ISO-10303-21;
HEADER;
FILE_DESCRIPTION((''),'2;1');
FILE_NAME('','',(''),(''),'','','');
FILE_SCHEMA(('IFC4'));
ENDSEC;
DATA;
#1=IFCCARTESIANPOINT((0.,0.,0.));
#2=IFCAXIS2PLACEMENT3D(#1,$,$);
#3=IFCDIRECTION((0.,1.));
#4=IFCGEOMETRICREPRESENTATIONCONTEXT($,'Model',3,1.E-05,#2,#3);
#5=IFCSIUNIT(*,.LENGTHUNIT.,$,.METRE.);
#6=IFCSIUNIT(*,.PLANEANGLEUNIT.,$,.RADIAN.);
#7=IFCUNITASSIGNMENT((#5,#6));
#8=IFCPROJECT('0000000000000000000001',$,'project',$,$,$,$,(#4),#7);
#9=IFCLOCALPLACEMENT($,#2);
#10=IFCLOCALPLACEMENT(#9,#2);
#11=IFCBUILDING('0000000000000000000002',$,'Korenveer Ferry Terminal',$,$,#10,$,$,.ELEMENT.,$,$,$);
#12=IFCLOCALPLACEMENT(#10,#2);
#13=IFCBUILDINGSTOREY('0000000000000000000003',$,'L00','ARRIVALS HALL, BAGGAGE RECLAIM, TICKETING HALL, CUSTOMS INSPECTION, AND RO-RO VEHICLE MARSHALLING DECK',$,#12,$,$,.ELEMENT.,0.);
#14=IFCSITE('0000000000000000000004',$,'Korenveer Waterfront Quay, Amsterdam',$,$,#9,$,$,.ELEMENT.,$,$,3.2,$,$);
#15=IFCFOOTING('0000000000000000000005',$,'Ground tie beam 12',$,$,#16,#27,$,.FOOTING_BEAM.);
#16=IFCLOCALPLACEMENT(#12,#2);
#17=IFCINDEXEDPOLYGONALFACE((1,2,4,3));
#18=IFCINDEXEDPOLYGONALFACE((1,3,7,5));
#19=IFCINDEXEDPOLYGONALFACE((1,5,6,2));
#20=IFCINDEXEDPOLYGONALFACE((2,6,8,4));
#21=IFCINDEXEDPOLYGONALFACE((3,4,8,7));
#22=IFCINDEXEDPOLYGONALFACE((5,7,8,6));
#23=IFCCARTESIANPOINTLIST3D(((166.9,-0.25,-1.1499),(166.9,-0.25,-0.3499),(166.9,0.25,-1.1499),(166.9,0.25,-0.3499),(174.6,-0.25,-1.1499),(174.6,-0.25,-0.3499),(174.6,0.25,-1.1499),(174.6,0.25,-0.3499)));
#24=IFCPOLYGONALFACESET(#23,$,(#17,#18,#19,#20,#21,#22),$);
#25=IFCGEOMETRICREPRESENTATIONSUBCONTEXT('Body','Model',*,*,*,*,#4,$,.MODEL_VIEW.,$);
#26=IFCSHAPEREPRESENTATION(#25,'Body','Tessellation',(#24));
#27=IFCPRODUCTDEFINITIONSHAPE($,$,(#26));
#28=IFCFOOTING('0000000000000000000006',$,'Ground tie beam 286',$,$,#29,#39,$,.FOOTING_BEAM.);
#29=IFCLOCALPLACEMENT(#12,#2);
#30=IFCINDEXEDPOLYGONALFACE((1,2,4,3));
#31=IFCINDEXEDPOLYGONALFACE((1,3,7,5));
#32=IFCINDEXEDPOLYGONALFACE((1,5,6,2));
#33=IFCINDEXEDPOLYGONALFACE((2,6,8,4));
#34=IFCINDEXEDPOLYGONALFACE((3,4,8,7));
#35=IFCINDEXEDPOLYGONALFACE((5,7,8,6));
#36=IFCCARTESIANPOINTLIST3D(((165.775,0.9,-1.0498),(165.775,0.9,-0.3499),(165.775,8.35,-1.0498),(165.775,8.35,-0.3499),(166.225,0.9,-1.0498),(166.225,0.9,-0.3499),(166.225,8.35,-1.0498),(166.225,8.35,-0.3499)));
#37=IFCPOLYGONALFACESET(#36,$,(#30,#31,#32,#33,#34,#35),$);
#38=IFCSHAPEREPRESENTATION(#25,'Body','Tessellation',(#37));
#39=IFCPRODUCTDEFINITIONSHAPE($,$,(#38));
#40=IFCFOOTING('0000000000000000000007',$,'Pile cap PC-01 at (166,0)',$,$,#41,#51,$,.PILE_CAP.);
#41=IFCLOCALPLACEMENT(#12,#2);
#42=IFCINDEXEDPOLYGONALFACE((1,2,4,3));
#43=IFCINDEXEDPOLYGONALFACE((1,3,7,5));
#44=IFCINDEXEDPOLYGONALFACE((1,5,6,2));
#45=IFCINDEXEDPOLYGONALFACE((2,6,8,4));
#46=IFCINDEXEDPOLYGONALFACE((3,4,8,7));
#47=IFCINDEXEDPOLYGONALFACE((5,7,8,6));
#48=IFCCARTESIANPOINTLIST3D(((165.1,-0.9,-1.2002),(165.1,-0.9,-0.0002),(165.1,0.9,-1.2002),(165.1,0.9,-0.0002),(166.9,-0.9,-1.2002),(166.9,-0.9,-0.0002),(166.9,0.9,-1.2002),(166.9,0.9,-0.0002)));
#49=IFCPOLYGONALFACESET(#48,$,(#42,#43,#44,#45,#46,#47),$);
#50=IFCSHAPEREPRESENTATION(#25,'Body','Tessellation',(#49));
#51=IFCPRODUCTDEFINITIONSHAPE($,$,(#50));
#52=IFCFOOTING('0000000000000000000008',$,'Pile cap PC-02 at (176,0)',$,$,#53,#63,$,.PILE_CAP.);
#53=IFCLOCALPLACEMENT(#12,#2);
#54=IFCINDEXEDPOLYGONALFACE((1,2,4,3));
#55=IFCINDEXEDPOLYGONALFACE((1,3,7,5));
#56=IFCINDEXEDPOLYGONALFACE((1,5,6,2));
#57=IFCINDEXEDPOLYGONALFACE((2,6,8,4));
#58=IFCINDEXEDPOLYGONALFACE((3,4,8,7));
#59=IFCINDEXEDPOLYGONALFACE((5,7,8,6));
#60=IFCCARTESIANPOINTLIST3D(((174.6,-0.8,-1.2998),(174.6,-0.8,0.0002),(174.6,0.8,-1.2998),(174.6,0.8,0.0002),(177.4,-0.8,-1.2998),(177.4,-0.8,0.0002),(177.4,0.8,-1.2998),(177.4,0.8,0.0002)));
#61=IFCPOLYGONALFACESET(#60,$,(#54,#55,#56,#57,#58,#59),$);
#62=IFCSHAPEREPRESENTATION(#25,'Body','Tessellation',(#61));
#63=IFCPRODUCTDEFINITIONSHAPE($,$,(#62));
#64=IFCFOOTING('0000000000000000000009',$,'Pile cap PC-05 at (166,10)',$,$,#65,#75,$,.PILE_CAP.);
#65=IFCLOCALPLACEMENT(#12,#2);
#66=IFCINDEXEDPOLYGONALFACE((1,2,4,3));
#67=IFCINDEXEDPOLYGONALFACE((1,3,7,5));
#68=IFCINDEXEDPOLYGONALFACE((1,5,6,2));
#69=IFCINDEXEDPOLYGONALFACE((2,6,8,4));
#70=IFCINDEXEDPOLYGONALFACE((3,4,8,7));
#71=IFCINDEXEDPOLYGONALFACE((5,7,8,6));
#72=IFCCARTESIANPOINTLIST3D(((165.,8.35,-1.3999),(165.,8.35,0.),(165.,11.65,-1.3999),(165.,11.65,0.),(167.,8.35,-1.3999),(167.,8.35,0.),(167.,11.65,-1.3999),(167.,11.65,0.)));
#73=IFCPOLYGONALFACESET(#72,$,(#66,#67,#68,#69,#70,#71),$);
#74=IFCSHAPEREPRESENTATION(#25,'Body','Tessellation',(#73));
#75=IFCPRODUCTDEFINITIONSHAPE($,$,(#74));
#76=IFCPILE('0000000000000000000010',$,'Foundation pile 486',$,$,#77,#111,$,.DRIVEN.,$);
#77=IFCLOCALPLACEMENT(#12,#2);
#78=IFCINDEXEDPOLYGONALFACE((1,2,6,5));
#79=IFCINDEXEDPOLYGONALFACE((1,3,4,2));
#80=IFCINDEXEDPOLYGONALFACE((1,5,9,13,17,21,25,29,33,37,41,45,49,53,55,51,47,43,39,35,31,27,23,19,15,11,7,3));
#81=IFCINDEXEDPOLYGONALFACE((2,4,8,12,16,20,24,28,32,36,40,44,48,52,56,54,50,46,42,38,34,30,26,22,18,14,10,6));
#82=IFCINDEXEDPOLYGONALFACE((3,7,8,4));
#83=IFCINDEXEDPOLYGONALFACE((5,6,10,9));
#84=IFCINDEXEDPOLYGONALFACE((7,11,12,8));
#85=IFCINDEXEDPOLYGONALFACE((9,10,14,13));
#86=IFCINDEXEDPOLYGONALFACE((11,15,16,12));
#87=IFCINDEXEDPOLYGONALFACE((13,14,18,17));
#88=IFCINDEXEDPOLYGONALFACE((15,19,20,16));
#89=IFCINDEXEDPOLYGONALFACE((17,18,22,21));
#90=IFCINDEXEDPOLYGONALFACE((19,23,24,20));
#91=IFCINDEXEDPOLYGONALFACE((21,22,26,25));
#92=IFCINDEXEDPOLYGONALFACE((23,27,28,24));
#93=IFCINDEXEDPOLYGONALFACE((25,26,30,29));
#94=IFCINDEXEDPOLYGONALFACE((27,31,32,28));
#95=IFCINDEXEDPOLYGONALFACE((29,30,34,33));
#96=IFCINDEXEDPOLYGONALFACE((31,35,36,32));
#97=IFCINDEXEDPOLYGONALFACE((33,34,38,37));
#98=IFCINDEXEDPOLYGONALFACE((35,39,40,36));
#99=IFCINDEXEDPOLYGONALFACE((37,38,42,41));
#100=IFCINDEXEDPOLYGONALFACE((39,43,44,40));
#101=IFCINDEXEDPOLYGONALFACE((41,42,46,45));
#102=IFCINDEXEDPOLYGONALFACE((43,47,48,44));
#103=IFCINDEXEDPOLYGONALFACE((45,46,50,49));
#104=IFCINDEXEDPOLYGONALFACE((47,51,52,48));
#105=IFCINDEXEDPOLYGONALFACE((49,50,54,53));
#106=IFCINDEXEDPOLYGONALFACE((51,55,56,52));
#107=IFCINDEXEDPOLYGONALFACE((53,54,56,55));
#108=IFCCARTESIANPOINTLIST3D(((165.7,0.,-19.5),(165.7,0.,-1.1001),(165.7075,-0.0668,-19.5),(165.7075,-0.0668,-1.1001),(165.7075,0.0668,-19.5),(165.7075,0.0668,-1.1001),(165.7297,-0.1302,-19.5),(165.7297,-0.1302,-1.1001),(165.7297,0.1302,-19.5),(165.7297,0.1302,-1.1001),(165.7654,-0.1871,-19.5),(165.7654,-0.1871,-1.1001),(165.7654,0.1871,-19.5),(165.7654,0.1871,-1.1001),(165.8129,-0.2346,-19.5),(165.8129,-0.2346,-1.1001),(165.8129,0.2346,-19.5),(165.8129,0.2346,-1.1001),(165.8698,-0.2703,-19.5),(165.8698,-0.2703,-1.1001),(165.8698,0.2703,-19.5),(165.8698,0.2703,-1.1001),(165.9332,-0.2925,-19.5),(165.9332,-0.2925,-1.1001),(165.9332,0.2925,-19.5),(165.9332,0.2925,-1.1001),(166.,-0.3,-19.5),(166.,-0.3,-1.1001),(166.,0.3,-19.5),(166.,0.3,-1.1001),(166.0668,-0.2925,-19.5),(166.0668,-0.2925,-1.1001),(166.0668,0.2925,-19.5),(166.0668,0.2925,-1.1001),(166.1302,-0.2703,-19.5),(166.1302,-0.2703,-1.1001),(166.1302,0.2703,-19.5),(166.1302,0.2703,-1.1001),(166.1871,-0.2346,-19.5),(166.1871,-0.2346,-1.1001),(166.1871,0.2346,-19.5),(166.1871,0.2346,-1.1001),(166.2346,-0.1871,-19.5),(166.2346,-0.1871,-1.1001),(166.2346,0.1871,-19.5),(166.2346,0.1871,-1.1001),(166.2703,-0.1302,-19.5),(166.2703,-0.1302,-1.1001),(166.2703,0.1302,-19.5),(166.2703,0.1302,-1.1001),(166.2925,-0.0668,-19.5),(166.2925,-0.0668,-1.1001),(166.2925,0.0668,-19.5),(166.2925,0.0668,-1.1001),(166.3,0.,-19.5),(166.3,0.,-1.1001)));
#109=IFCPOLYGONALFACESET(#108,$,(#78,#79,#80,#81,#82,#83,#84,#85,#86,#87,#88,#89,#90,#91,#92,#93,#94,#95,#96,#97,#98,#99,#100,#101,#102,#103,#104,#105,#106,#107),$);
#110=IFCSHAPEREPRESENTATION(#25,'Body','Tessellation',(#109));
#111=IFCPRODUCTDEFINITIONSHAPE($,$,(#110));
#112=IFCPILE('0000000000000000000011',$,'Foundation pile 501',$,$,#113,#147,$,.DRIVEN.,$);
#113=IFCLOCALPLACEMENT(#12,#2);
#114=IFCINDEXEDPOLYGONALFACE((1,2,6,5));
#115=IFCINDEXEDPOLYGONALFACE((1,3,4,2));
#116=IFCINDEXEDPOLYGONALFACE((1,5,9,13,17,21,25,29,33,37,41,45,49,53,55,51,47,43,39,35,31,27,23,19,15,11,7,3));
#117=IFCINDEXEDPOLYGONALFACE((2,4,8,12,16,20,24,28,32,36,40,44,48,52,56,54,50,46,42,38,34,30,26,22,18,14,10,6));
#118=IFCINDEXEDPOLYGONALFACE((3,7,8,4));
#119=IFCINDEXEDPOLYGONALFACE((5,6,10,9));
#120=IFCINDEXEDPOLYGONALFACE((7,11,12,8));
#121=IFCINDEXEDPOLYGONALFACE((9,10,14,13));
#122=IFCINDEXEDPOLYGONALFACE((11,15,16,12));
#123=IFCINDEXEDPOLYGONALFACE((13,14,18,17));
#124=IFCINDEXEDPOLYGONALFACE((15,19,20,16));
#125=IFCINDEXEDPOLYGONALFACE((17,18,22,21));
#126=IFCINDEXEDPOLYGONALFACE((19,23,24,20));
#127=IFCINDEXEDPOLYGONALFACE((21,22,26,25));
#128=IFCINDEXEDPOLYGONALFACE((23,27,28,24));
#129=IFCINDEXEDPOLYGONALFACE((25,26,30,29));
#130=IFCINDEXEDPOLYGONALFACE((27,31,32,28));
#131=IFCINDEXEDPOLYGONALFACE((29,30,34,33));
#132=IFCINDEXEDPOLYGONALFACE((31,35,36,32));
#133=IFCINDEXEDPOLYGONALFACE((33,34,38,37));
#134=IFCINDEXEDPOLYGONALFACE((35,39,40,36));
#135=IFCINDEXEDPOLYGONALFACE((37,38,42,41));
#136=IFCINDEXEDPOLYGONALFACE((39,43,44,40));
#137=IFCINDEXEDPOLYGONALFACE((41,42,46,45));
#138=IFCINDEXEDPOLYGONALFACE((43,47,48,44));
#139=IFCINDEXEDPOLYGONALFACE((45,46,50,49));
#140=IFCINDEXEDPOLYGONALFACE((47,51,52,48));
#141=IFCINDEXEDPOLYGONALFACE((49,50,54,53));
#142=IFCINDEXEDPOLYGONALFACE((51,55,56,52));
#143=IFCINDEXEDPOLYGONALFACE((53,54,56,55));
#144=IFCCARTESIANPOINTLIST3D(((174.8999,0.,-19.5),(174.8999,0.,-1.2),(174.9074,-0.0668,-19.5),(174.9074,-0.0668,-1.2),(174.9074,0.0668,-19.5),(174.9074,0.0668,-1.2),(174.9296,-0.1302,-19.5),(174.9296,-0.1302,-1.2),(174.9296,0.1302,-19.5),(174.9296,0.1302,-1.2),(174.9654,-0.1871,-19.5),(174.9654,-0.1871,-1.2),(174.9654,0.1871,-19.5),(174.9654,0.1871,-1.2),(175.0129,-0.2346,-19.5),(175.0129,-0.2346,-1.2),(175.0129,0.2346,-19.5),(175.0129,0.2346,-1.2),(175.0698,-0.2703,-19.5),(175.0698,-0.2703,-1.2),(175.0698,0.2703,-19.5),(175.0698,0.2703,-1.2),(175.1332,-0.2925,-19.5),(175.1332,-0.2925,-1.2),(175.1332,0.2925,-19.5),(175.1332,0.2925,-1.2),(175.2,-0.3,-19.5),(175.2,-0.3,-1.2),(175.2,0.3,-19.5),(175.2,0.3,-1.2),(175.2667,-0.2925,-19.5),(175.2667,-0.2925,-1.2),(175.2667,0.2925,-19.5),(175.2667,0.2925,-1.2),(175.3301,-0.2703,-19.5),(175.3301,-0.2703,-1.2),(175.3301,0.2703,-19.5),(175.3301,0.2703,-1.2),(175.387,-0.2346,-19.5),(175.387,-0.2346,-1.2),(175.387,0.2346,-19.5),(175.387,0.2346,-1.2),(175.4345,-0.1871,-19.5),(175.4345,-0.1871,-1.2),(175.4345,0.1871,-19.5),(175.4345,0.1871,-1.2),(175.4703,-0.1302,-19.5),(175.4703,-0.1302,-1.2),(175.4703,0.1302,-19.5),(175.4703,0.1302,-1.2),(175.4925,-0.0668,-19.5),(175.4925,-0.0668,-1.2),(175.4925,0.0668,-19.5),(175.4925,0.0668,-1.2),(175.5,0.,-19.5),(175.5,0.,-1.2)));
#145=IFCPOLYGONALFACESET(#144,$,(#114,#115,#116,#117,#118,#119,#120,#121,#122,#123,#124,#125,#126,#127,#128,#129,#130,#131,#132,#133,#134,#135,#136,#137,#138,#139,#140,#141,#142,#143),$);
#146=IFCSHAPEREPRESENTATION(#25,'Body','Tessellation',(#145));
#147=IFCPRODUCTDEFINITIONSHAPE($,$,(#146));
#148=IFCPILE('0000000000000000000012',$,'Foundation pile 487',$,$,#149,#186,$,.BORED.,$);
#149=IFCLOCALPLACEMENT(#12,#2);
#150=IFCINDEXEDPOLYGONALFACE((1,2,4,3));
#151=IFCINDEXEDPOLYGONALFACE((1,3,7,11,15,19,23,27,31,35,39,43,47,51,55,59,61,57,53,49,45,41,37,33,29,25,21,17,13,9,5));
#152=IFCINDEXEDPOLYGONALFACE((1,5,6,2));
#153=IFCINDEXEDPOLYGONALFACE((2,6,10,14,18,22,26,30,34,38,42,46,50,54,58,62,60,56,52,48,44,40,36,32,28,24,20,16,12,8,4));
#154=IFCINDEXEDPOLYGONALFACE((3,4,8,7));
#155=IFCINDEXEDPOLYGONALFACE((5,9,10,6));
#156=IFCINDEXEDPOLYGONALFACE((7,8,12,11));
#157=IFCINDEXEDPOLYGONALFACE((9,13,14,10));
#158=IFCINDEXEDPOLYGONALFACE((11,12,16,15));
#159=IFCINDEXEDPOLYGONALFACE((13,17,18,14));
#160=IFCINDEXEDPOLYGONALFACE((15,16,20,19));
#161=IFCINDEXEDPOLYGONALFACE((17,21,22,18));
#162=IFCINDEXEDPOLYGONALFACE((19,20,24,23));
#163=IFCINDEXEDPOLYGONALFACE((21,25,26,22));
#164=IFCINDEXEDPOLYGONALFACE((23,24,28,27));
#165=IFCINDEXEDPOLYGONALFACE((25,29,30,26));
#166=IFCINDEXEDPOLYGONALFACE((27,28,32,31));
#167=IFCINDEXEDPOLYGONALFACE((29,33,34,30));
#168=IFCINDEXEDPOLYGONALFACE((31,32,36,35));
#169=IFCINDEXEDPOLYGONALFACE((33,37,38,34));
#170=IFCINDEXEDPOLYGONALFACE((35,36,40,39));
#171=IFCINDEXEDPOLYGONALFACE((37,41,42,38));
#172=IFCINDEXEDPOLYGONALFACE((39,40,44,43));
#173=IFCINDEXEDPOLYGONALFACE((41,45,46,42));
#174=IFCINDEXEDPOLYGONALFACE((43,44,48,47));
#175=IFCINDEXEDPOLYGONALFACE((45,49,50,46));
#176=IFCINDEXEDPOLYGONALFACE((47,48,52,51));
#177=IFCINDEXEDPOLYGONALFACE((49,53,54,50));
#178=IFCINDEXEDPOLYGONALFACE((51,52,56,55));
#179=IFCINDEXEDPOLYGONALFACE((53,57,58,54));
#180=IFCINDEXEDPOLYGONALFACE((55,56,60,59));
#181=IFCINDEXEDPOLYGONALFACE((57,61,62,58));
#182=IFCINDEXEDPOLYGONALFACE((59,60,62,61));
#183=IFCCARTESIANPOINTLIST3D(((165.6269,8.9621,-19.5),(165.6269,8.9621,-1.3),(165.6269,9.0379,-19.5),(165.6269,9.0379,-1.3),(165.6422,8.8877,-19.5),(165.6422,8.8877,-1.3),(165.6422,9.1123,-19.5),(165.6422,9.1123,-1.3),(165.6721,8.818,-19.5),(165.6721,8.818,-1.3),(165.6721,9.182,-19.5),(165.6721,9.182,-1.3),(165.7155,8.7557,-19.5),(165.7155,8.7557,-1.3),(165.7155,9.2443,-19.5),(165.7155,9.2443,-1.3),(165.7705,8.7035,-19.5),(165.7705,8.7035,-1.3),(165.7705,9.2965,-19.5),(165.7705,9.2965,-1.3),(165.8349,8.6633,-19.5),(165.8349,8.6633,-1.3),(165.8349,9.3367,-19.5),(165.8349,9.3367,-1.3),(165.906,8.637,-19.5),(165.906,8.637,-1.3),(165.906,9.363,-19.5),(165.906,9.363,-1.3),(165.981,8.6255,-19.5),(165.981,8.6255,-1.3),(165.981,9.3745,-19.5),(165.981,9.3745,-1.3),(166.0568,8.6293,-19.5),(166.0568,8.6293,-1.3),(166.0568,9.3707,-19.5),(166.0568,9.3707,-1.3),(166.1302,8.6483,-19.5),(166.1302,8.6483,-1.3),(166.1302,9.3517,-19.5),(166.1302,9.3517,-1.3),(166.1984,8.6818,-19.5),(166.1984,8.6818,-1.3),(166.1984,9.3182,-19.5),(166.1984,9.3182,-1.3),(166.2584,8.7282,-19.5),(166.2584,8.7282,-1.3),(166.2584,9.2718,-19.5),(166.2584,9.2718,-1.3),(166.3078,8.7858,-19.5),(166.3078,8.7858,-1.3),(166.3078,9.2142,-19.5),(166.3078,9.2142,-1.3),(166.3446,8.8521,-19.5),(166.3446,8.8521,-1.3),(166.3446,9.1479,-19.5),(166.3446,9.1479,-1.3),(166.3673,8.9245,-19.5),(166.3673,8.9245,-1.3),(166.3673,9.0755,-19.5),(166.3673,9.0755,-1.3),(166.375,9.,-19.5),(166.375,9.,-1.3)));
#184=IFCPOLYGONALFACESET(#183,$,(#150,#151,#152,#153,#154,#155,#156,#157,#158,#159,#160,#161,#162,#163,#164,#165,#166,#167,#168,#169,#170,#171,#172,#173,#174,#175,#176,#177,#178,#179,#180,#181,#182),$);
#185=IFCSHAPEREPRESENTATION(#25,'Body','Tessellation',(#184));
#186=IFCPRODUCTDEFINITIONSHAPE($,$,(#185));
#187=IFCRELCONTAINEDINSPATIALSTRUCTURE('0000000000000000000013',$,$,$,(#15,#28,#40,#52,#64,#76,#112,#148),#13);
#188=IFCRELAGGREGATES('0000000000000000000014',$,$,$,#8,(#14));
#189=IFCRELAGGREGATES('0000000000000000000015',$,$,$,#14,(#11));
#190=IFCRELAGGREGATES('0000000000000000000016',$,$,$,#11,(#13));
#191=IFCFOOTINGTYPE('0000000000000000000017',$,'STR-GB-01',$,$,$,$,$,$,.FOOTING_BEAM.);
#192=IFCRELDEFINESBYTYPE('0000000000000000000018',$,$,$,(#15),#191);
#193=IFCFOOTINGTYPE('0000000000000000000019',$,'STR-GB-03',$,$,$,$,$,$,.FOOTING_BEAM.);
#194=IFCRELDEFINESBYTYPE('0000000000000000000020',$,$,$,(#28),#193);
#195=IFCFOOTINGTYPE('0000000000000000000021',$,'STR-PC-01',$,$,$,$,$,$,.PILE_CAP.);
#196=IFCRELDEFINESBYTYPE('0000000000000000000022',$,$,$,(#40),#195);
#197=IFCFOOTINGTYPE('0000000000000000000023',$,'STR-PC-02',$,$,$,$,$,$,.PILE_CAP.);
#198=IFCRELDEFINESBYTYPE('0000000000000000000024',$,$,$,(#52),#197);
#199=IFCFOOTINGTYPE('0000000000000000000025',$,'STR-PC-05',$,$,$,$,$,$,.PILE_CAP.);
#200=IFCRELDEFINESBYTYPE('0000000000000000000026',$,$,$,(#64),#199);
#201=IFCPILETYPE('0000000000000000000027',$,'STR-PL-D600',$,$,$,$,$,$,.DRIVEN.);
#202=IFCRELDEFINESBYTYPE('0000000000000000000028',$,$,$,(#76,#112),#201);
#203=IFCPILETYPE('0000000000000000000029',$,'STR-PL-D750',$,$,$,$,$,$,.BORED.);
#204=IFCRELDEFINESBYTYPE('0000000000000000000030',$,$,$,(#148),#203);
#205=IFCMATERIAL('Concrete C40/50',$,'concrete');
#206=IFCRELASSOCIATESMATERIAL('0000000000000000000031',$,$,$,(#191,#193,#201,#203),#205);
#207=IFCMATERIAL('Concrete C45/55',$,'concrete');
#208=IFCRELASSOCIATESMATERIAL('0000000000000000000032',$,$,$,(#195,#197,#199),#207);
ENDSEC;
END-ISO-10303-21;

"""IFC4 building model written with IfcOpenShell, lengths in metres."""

from ifc_helpers import new_model, si_unit, direction, frame, origin, origin_2d, place, context, subcontext, project, spatial, rectangle, circle, extrude, material, material_profile, profile_set, type_object, element, save


model = new_model("IFC4")

# Units and contexts
model_context = context("Model", 3, precision=1e-05, world=origin(), true_north=direction((0.0, 1.0)))
body_context = subcontext(model_context, "Body", "Model", "MODEL_VIEW")
ifc_project = project(units=[si_unit("LENGTHUNIT", "METRE"), si_unit("PLANEANGLEUNIT", "RADIAN")], contexts=[model_context])

# Site, building, storey
site_placement = place(None, origin())
site = spatial("IfcSite", under=ifc_project, at=site_placement, Name="Korenveer Waterfront Quay, Amsterdam", CompositionType="ELEMENT", RefElevation=3.2)
building_placement = place(site_placement, origin())
building = spatial("IfcBuilding", under=site, at=building_placement, Name="Korenveer Ferry Terminal", CompositionType="ELEMENT")
storey_placement = place(building_placement, origin())
storey = spatial("IfcBuildingStorey", under=building, at=storey_placement, Name="L00", Description="ARRIVALS HALL, BAGGAGE RECLAIM, TICKETING HALL, CUSTOMS INSPECTION, AND RO-RO VEHICLE MARSHALLING DECK", CompositionType="ELEMENT", Elevation=0.0)

# Footings
ifc_material_1 = material(Name="Concrete C40/50", Category="concrete")
footing_type_1 = type_object("IfcFootingType", Name="STR-GB-01", PredefinedType="FOOTING_BEAM", material=ifc_material_1)
footing_1_placement = place(storey_placement, frame((170.75, 0.0, -1.1499), z_axis=(0.0, 0.0, 1.0), x_axis=(1.0, 0.0, 0.0)))
element("IfcFooting", 1, at=footing_1_placement, inside=storey, type_object=footing_type_1, Name="Ground tie beam 12", PredefinedType="FOOTING_BEAM", context=body_context, shape_type="SweptSolid", body=[
    extrude(rectangle(XDim=7.7, YDim=0.5, at=origin_2d()), origin(), (0.0, 0.0, 1.0), 0.8),
])
footing_type_2 = type_object("IfcFootingType", Name="STR-GB-03", PredefinedType="FOOTING_BEAM", material=ifc_material_1)
footing_2_placement = place(storey_placement, frame((166.0, 4.625, -1.0498), z_axis=(0.0, 0.0, 1.0), x_axis=(1.0, 0.0, 0.0)))
element("IfcFooting", 2, at=footing_2_placement, inside=storey, type_object=footing_type_2, Name="Ground tie beam 286", PredefinedType="FOOTING_BEAM", context=body_context, shape_type="SweptSolid", body=[
    extrude(rectangle(XDim=0.45, YDim=7.45, at=origin_2d()), origin(), (0.0, 0.0, 1.0), 0.7),
])
ifc_material_2 = material(Name="Concrete C45/55", Category="concrete")
footing_type_3 = type_object("IfcFootingType", Name="STR-PC-01", PredefinedType="PILE_CAP", material=ifc_material_2)
footing_3_placement = place(storey_placement, frame((166.0, 0.0, -1.2002), z_axis=(0.0, 0.0, 1.0), x_axis=(1.0, 0.0, 0.0)))
element("IfcFooting", 3, at=footing_3_placement, inside=storey, type_object=footing_type_3, Name="Pile cap PC-01 at (166,0)", PredefinedType="PILE_CAP", context=body_context, shape_type="SweptSolid", body=[
    extrude(rectangle(XDim=1.8, YDim=1.8, at=origin_2d()), origin(), (0.0, 0.0, 1.0), 1.2),
])
footing_type_4 = type_object("IfcFootingType", Name="STR-PC-02", PredefinedType="PILE_CAP", material=ifc_material_2)
footing_4_placement = place(storey_placement, frame((176.0, 0.0, -1.2998), z_axis=(0.0, 0.0, 1.0), x_axis=(1.0, 0.0, 0.0)))
element("IfcFooting", 4, at=footing_4_placement, inside=storey, type_object=footing_type_4, Name="Pile cap PC-02 at (176,0)", PredefinedType="PILE_CAP", context=body_context, shape_type="SweptSolid", body=[
    extrude(rectangle(XDim=2.8, YDim=1.6001, at=origin_2d()), origin(), (0.0, 0.0, 1.0), 1.3),
])
footing_type_5 = type_object("IfcFootingType", Name="STR-PC-05", PredefinedType="PILE_CAP", material=ifc_material_2)
footing_5_placement = place(storey_placement, frame((166.0, 10.0, -1.3999), z_axis=(0.0, 0.0, 1.0), x_axis=(1.0, 0.0, 0.0)))
element("IfcFooting", 5, at=footing_5_placement, inside=storey, type_object=footing_type_5, Name="Pile cap PC-05 at (166,10)", PredefinedType="PILE_CAP", context=body_context, shape_type="SweptSolid", body=[
    extrude(rectangle(XDim=2.0, YDim=3.3, at=origin_2d()), origin(), (0.0, 0.0, 1.0), 1.3999),
])

# Piles
ifc_material_profile_1 = material_profile(ifc_material_1, circle(Radius=0.3, at=origin_2d()), Name="PILE D600")
ifc_profile_set_1 = profile_set([ifc_material_profile_1], Name="Concrete C40/50")
pile_type_1 = type_object("IfcPileType", Name="STR-PL-D600", PredefinedType="DRIVEN", material=ifc_profile_set_1)
pile_1_placement = place(storey_placement, frame((166.0, 0.0, -1.1001), z_axis=(0.0, 0.0, -1.0), x_axis=(1.0, 0.0, 0.0)))
element("IfcPile", 6, at=pile_1_placement, inside=storey, type_object=pile_type_1, Name="Foundation pile 486", PredefinedType="DRIVEN", context=body_context, shape_type="SweptSolid", body=[
    extrude(circle(Radius=0.3, at=origin_2d()), origin(), (0.0, 0.0, 1.0), 18.3999),
])
pile_2_placement = place(storey_placement, frame((175.2, 0.0, -1.2), z_axis=(0.0, 0.0, -1.0), x_axis=(1.0, 0.0, 0.0)))
element("IfcPile", 7, at=pile_2_placement, inside=storey, type_object=pile_type_1, Name="Foundation pile 501", PredefinedType="DRIVEN", context=body_context, shape_type="SweptSolid", body=[
    extrude(circle(Radius=0.3, at=origin_2d()), origin(), (0.0, 0.0, 1.0), 18.3),
])
ifc_material_profile_2 = material_profile(ifc_material_1, circle(Radius=0.375, at=origin_2d()), Name="PILE D750")
ifc_profile_set_2 = profile_set([ifc_material_profile_2], Name="Concrete C40/50")
pile_type_2 = type_object("IfcPileType", Name="STR-PL-D750", PredefinedType="BORED", material=ifc_profile_set_2)
pile_3_placement = place(storey_placement, frame((166.0, 9.0, -1.3), z_axis=(0.0, 0.0, -1.0), x_axis=(1.0, 0.0, 0.0)))
element("IfcPile", 8, at=pile_3_placement, inside=storey, type_object=pile_type_2, Name="Foundation pile 487", PredefinedType="BORED", context=body_context, shape_type="SweptSolid", body=[
    extrude(circle(Radius=0.375, at=origin_2d()), origin(), (0.0, 0.0, 1.0), 18.2),
])

save(model, "model.ifc")
